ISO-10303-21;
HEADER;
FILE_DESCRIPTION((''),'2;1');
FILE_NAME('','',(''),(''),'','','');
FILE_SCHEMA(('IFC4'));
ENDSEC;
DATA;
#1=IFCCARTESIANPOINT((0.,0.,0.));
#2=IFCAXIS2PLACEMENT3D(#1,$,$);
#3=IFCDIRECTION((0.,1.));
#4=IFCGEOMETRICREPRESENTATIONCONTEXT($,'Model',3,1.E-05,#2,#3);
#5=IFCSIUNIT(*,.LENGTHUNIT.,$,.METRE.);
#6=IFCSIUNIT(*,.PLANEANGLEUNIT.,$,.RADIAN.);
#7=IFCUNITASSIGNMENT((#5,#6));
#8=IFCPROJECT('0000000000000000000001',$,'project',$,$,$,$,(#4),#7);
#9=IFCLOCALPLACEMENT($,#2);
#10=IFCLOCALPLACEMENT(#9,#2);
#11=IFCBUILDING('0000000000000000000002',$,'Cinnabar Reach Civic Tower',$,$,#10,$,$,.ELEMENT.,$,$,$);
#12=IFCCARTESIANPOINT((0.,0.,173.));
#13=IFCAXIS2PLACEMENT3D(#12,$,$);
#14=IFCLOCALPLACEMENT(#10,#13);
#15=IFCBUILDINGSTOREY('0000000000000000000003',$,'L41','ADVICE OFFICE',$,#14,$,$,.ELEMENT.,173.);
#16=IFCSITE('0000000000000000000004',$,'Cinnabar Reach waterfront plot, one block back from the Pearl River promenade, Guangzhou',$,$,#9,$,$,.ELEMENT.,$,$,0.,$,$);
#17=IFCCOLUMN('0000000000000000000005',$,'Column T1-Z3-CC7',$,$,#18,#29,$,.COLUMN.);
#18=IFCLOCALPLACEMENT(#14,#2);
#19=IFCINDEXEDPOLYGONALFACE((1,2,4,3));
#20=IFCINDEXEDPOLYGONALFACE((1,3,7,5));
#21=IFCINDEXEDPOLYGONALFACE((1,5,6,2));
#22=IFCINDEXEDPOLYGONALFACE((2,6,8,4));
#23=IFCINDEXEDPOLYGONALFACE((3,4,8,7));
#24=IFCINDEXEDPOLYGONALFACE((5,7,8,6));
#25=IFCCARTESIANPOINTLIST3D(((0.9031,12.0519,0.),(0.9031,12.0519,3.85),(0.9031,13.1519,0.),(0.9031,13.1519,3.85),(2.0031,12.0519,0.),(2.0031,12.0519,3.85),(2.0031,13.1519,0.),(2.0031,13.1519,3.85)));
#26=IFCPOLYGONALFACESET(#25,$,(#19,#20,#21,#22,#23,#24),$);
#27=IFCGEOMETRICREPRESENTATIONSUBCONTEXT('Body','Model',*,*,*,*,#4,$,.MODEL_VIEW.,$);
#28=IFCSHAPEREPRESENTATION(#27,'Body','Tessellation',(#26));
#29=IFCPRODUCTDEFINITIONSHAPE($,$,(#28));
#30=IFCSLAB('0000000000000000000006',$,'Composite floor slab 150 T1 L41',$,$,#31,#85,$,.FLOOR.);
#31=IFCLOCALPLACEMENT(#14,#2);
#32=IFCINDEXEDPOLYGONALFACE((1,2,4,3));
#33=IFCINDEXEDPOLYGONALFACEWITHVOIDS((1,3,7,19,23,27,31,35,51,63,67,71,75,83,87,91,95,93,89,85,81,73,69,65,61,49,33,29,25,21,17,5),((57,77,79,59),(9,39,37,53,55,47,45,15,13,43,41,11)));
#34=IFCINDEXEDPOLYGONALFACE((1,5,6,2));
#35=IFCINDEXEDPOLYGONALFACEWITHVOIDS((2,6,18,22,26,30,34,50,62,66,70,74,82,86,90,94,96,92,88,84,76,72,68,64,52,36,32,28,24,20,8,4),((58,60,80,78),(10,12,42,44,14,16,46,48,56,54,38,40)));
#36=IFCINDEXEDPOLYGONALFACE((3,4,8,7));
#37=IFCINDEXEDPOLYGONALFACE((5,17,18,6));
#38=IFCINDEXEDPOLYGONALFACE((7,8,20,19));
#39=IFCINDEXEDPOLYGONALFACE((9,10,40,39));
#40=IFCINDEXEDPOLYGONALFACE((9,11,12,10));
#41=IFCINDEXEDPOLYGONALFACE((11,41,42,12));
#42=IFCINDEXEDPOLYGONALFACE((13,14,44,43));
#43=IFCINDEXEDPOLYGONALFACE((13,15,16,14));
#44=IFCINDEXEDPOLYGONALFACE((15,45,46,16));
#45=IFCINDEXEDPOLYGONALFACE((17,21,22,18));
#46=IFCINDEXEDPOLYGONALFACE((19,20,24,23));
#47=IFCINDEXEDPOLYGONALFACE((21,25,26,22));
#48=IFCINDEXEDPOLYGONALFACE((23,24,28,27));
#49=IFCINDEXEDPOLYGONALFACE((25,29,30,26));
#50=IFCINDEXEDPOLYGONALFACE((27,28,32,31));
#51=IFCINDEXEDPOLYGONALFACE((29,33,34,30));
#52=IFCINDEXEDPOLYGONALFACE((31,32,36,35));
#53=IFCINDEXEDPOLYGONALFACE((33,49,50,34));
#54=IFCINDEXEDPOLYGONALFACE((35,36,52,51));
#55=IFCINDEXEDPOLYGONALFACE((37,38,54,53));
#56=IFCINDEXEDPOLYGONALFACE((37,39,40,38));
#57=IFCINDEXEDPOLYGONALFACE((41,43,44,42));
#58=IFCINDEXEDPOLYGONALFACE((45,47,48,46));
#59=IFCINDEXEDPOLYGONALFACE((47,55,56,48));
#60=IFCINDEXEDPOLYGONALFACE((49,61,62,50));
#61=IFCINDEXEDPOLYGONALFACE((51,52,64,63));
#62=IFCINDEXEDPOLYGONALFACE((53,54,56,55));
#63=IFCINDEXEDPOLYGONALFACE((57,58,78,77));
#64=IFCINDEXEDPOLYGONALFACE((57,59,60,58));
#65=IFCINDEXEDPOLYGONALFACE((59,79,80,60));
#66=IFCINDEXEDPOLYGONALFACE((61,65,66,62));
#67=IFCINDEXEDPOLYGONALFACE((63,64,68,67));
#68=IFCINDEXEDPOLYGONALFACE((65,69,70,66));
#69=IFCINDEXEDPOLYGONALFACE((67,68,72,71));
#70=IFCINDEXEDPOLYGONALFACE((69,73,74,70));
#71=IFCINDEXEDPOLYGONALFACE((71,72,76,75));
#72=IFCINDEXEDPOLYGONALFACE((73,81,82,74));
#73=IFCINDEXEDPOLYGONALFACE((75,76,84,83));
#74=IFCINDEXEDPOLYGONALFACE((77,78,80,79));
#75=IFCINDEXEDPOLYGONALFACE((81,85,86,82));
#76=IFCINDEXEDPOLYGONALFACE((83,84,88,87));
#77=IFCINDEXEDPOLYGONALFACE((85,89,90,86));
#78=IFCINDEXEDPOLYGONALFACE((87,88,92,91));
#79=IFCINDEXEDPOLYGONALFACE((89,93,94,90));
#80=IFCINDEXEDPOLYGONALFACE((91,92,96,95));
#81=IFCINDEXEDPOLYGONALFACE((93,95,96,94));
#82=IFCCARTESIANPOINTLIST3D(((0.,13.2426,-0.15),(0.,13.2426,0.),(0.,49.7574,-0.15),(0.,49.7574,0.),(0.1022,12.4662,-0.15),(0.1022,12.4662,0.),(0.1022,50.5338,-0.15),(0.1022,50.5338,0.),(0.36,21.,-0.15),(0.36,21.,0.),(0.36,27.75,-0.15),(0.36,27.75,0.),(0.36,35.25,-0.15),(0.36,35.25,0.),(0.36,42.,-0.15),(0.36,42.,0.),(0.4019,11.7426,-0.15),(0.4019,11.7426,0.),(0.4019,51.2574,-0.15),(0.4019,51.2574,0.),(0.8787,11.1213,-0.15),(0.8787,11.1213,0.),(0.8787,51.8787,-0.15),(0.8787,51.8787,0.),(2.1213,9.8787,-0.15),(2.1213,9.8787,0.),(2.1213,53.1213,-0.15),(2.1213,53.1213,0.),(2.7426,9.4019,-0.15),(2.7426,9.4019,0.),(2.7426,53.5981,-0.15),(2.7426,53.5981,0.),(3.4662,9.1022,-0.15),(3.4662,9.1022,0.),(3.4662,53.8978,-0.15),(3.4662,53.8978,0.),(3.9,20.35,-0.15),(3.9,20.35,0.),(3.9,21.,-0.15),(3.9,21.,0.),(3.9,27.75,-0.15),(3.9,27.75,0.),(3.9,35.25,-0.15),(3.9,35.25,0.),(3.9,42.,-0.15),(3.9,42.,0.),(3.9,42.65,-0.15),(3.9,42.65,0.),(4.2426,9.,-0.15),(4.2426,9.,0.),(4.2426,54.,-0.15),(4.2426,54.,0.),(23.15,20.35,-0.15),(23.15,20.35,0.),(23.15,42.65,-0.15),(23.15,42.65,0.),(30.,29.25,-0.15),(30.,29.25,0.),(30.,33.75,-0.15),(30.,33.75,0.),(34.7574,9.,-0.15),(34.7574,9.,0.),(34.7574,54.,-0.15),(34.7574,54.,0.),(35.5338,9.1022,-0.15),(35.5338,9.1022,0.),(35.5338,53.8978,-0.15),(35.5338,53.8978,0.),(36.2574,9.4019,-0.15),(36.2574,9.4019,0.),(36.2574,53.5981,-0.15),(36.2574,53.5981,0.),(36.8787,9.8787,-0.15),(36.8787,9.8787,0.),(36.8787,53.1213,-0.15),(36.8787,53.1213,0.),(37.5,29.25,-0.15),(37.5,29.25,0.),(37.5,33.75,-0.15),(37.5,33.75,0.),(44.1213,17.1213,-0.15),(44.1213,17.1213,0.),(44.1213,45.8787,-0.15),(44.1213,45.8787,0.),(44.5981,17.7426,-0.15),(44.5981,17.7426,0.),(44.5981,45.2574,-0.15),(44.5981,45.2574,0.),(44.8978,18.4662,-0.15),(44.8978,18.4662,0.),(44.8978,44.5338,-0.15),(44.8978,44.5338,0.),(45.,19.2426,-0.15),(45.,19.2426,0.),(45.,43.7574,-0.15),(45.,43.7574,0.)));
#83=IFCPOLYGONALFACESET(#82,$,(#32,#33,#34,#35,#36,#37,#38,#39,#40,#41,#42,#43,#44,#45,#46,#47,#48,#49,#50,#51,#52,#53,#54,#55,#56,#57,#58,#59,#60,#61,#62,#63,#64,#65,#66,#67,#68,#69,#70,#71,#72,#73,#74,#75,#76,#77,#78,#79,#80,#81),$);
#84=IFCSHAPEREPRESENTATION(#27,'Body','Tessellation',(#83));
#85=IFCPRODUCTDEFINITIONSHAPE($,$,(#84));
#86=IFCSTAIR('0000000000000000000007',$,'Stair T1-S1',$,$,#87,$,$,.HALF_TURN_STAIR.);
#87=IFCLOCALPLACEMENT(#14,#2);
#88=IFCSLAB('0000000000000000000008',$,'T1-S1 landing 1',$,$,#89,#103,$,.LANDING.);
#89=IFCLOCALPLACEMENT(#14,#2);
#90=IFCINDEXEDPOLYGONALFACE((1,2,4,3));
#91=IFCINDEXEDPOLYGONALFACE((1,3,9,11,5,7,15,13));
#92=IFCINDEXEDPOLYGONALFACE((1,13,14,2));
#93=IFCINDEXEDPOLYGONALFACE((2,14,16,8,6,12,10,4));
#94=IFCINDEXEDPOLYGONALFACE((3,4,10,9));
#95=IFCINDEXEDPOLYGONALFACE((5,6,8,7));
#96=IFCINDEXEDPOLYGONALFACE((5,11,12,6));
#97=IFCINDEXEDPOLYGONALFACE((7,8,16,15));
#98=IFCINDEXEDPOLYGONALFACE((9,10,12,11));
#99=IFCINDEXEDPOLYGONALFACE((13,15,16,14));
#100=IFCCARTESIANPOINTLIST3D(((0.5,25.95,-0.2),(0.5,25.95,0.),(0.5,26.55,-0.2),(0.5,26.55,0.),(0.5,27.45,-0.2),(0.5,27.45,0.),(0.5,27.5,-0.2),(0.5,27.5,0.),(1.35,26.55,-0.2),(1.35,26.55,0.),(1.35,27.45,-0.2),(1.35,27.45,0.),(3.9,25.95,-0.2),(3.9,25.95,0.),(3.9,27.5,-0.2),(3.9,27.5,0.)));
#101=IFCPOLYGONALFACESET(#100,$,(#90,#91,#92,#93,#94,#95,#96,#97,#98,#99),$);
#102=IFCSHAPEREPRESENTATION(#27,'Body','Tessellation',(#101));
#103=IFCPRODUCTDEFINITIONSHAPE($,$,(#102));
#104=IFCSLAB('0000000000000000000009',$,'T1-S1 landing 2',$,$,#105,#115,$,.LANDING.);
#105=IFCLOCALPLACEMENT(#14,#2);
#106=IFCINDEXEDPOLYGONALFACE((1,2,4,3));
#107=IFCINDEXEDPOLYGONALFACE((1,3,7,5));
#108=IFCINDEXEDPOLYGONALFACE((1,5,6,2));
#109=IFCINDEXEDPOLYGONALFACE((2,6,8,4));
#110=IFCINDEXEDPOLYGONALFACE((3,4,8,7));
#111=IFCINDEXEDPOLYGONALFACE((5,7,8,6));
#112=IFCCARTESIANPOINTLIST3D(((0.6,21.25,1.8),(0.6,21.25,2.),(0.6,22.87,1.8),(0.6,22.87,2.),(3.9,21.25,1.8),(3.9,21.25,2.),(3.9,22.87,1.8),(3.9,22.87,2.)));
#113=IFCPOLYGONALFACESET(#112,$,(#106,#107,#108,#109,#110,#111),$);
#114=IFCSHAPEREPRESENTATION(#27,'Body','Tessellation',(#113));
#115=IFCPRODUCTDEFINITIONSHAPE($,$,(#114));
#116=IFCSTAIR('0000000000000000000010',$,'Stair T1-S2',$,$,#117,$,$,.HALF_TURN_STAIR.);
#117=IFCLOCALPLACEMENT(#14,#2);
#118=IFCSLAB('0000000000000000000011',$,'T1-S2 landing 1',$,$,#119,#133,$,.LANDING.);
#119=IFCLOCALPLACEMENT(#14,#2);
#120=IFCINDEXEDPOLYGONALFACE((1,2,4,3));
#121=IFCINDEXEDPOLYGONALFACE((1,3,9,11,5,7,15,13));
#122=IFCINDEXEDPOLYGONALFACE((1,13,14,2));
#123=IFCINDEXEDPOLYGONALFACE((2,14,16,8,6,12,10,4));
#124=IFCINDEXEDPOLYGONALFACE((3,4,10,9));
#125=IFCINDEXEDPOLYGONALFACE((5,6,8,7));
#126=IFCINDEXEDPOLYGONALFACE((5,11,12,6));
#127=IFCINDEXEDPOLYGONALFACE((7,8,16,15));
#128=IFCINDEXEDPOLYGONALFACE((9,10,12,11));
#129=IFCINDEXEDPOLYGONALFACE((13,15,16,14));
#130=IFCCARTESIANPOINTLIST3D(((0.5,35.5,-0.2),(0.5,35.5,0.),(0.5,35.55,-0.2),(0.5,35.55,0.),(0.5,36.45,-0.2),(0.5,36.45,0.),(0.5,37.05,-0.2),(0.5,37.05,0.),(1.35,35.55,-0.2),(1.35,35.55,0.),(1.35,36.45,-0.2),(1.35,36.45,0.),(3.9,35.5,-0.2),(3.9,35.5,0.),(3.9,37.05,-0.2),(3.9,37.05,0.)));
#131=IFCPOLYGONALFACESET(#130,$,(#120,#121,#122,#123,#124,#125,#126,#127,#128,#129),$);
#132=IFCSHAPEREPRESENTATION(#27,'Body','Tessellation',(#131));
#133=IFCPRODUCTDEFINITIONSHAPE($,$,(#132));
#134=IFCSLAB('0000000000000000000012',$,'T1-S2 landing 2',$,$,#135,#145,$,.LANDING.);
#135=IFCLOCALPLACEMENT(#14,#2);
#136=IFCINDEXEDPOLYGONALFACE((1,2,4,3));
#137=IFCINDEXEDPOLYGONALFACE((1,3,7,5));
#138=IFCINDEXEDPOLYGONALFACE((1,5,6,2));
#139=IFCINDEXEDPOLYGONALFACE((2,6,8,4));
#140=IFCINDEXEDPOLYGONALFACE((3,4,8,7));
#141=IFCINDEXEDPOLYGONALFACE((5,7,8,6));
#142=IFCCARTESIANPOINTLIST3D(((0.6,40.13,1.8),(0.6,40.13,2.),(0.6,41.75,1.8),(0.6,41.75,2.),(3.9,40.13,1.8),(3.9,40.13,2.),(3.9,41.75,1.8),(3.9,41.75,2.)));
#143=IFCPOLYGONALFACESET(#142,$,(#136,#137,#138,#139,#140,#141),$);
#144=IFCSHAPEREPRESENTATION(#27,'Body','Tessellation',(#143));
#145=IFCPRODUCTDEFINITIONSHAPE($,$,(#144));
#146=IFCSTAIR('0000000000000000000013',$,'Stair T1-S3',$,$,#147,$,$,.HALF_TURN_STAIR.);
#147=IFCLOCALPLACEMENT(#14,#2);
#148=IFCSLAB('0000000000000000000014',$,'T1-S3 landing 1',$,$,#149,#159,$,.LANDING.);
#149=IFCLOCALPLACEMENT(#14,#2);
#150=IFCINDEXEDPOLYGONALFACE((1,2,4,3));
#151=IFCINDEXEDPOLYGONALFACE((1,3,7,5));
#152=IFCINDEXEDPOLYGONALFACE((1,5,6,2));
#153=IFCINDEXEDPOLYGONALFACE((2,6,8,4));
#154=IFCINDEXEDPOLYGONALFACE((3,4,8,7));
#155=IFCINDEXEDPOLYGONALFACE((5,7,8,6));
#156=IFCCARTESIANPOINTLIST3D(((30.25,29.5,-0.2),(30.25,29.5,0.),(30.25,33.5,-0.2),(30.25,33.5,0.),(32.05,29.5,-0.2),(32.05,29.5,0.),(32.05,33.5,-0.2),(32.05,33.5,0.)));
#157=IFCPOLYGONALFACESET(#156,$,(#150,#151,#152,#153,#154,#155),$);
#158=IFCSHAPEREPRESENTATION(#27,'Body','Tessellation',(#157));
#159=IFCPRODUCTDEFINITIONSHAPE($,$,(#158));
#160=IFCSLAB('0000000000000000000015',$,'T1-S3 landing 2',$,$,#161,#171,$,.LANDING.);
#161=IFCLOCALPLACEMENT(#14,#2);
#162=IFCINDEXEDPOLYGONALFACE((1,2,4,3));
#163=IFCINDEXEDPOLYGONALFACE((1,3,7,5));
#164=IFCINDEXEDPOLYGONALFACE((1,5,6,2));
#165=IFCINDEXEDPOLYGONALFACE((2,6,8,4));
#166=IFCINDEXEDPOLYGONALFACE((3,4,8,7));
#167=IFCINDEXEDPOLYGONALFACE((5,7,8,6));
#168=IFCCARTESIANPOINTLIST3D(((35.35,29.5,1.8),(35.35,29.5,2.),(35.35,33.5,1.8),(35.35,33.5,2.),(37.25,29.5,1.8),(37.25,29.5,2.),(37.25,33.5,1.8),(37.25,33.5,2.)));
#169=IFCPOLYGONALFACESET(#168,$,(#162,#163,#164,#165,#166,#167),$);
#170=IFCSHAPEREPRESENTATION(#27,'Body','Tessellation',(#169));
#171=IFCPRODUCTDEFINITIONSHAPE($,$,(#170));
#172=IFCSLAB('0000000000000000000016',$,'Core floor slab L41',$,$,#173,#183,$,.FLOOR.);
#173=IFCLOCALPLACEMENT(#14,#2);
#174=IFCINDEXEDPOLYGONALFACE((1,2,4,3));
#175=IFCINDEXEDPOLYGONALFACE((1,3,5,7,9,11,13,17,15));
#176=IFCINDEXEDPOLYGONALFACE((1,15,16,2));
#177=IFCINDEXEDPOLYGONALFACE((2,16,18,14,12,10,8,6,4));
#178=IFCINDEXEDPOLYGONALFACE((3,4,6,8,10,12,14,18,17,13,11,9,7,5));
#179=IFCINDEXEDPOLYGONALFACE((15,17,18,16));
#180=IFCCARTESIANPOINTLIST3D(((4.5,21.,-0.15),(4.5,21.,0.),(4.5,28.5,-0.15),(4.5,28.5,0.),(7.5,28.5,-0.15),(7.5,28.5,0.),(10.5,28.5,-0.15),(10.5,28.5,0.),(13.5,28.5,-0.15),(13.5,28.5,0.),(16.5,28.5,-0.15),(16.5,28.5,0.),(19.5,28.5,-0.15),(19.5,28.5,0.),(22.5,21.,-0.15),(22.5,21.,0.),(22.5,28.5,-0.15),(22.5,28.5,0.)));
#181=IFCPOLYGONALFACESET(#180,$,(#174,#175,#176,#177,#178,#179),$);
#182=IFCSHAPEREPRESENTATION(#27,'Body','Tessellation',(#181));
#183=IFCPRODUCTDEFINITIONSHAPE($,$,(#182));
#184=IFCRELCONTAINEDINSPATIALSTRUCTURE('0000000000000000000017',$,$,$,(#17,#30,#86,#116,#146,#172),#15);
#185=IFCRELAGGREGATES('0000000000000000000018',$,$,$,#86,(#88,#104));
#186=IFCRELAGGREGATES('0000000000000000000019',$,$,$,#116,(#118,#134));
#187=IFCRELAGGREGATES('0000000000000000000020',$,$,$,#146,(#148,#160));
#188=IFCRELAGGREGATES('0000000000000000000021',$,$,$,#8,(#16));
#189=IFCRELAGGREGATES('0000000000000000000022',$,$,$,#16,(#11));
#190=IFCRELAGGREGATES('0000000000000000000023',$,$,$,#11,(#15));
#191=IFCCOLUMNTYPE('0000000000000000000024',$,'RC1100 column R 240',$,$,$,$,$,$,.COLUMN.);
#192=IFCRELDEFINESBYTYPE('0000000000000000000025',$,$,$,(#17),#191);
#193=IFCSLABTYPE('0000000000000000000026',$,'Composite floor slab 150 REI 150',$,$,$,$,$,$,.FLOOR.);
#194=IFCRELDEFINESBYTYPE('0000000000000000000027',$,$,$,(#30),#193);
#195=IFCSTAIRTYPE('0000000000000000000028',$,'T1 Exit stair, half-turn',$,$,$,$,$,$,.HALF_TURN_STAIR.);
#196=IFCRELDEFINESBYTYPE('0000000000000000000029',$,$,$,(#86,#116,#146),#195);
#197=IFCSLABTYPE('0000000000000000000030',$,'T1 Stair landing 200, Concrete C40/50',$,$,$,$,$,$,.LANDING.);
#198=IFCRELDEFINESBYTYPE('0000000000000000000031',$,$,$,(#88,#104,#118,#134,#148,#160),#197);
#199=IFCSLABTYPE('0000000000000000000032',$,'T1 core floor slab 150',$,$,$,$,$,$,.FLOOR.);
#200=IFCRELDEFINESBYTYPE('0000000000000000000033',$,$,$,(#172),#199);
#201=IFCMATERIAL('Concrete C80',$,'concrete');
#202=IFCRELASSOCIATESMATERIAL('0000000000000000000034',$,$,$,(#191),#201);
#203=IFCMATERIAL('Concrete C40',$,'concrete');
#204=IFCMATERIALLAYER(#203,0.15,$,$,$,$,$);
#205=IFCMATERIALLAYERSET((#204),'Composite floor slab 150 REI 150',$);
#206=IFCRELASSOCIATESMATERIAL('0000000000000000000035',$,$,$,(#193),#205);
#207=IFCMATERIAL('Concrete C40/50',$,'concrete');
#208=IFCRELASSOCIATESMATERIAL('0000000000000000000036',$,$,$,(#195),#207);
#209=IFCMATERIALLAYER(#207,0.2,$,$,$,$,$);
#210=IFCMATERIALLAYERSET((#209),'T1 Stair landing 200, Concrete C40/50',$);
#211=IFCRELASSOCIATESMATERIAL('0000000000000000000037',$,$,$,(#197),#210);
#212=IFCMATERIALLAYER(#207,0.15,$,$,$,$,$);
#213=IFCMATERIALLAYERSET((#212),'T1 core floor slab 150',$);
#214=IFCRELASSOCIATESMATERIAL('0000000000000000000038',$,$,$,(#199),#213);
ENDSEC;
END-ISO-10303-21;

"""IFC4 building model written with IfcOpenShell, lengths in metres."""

from ifc_helpers import new_model, si_unit, direction, frame, origin, origin_2d, place, context, subcontext, project, spatial, polyline, rectangle, outline, extrude, material, layer, layer_set, material_profile, profile_set, type_object, element, aggregate, save


model = new_model("IFC4")

# Units and contexts
model_context = context("Model", 3, precision=1e-05, world=origin(), true_north=direction((0.0, 1.0)))
body_context = subcontext(model_context, "Body", "Model", "MODEL_VIEW")
ifc_project = project(units=[si_unit("LENGTHUNIT", "METRE"), si_unit("PLANEANGLEUNIT", "RADIAN")], contexts=[model_context])

# Site, building, storey
site_placement = place(None, origin())
site = spatial("IfcSite", under=ifc_project, at=site_placement, Name="Cinnabar Reach waterfront plot, one block back from the Pearl River promenade, Guangzhou", CompositionType="ELEMENT", RefElevation=0.0)
building_placement = place(site_placement, origin())
building = spatial("IfcBuilding", under=site, at=building_placement, Name="Cinnabar Reach Civic Tower", CompositionType="ELEMENT")
storey_placement = place(building_placement, frame((0.0, 0.0, 173.0)))
storey = spatial("IfcBuildingStorey", under=building, at=storey_placement, Name="L41", Description="ADVICE OFFICE", CompositionType="ELEMENT", Elevation=173.0)

# Column
ifc_material_1 = material(Name="Concrete C80", Category="concrete")
ifc_material_profile = material_profile(ifc_material_1, rectangle(XDim=1.1, YDim=1.1, at=origin_2d()), Name="RC1100")
ifc_profile_set = profile_set([ifc_material_profile], Name="Concrete C80")
column_type = type_object("IfcColumnType", Name="RC1100 column R 240", PredefinedType="COLUMN", material=ifc_profile_set)
column_placement = place(storey_placement, frame((1.4531, 12.6019, 0.0), z_axis=(0.0, 0.0, 1.0), x_axis=(1.0, 0.0, 0.0)))
element("IfcColumn", 1, at=column_placement, inside=storey, type_object=column_type, Name="Column T1-Z3-CC7", PredefinedType="COLUMN", context=body_context, shape_type="SweptSolid", body=[
    extrude(rectangle(XDim=1.1, YDim=1.1, at=origin_2d()), origin(), (0.0, 0.0, 1.0), 3.85),
])

# Slab
ifc_material_2 = material(Name="Concrete C40", Category="concrete")
ifc_layer_1 = layer(ifc_material_2, 0.15)
ifc_layer_set_1 = layer_set([ifc_layer_1], Name="Composite floor slab 150 REI 150")
slab_type_1 = type_object("IfcSlabType", Name="Composite floor slab 150 REI 150", PredefinedType="FLOOR", material=ifc_layer_set_1)
slab_1_placement = place(storey_placement, frame((0.0, 0.0, -0.15)))
element("IfcSlab", 2, at=slab_1_placement, inside=storey, type_object=slab_type_1, Name="Composite floor slab 150 T1 L41", PredefinedType="FLOOR", context=body_context, shape_type="SweptSolid", body=[
    extrude(outline(polyline([(0.8787, 11.1213), (0.4019, 11.7426), (0.1022, 12.4662), (0.0, 13.2426), (0.0, 49.7574), (0.1022, 50.5338), (0.4019, 51.2574), (0.8787, 51.8787), (2.1213, 53.1213), (2.7426, 53.5981), (3.4662, 53.8978), (4.2426, 54.0), (34.7574, 54.0), (35.5338, 53.8978), (36.2574, 53.5981), (36.8787, 53.1213), (44.1213, 45.8787), (44.5981, 45.2574), (44.8978, 44.5338), (45.0, 43.7574), (45.0, 19.2426), (44.8978, 18.4662), (44.5981, 17.7426), (44.1213, 17.1213), (36.8787, 9.8787), (36.2574, 9.4019), (35.5338, 9.1022), (34.7574, 9.0), (4.2426, 9.0), (3.4662, 9.1022), (2.7426, 9.4019), (2.1213, 9.8787), (0.8787, 11.1213)]), holes=[polyline([(0.36, 21.0), (3.9, 21.0), (3.9, 20.35), (23.15, 20.35), (23.15, 42.65), (3.9, 42.65), (3.9, 42.0), (0.36, 42.0), (0.36, 35.25), (3.9, 35.25), (3.9, 27.75), (0.36, 27.75), (0.36, 21.0)]), polyline([(30.0, 33.75), (30.0, 29.25), (37.5, 29.25), (37.5, 33.75), (30.0, 33.75)])]), origin(), (0.0, 0.0, 1.0), 0.15),
])

# Stairs, slabs
ifc_material_3 = material(Name="Concrete C40/50", Category="concrete")
stair_type = type_object("IfcStairType", Name="T1 Exit stair, half-turn", PredefinedType="HALF_TURN_STAIR", material=ifc_material_3)
stair_1_placement = place(storey_placement, origin())
stair_1 = element("IfcStair", 3, at=stair_1_placement, inside=storey, type_object=stair_type, Name="Stair T1-S1", PredefinedType="HALF_TURN_STAIR")
ifc_layer_2 = layer(ifc_material_3, 0.2)
ifc_layer_set_2 = layer_set([ifc_layer_2], Name="T1 Stair landing 200, Concrete C40/50")
slab_type_2 = type_object("IfcSlabType", Name="T1 Stair landing 200, Concrete C40/50", PredefinedType="LANDING", material=ifc_layer_set_2)
slab_2_placement = place(storey_placement, frame((0.0, 0.0, -0.2)))
slab_2 = element("IfcSlab", 4, at=slab_2_placement, type_object=slab_type_2, Name="T1-S1 landing 1", PredefinedType="LANDING", context=body_context, shape_type="SweptSolid", body=[
    extrude(outline(polyline([(0.5, 27.5), (3.9, 27.5), (3.9, 25.95), (0.5, 25.95), (0.5, 26.55), (1.35, 26.55), (1.35, 27.45), (0.5, 27.45), (0.5, 27.5)])), origin(), (0.0, 0.0, 1.0), 0.2),
])
slab_3_placement = place(storey_placement, frame((0.0, 0.0, 1.8)))
slab_3 = element("IfcSlab", 5, at=slab_3_placement, type_object=slab_type_2, Name="T1-S1 landing 2", PredefinedType="LANDING", context=body_context, shape_type="SweptSolid", body=[
    extrude(outline(polyline([(0.6, 21.25), (0.6, 22.87), (3.9, 22.87), (3.9, 21.25), (0.6, 21.25)])), origin(), (0.0, 0.0, 1.0), 0.2),
])
aggregate(stair_1, [slab_2, slab_3])
stair_2_placement = place(storey_placement, origin())
stair_2 = element("IfcStair", 6, at=stair_2_placement, inside=storey, type_object=stair_type, Name="Stair T1-S2", PredefinedType="HALF_TURN_STAIR")
slab_4_placement = place(storey_placement, frame((0.0, 0.0, -0.2)))
slab_4 = element("IfcSlab", 7, at=slab_4_placement, type_object=slab_type_2, Name="T1-S2 landing 1", PredefinedType="LANDING", context=body_context, shape_type="SweptSolid", body=[
    extrude(outline(polyline([(0.5, 37.05), (3.9, 37.05), (3.9, 35.5), (0.5, 35.5), (0.5, 35.55), (1.35, 35.55), (1.35, 36.45), (0.5, 36.45), (0.5, 37.05)])), origin(), (0.0, 0.0, 1.0), 0.2),
])
slab_5_placement = place(storey_placement, frame((0.0, 0.0, 1.8)))
slab_5 = element("IfcSlab", 8, at=slab_5_placement, type_object=slab_type_2, Name="T1-S2 landing 2", PredefinedType="LANDING", context=body_context, shape_type="SweptSolid", body=[
    extrude(outline(polyline([(0.6, 40.13), (0.6, 41.75), (3.9, 41.75), (3.9, 40.13), (0.6, 40.13)])), origin(), (0.0, 0.0, 1.0), 0.2),
])
aggregate(stair_2, [slab_4, slab_5])
stair_3_placement = place(storey_placement, origin())
stair_3 = element("IfcStair", 9, at=stair_3_placement, inside=storey, type_object=stair_type, Name="Stair T1-S3", PredefinedType="HALF_TURN_STAIR")
slab_6_placement = place(storey_placement, frame((0.0, 0.0, -0.2)))
slab_6 = element("IfcSlab", 10, at=slab_6_placement, type_object=slab_type_2, Name="T1-S3 landing 1", PredefinedType="LANDING", context=body_context, shape_type="SweptSolid", body=[
    extrude(outline(polyline([(30.25, 29.5), (32.05, 29.5), (32.05, 33.5), (30.25, 33.5), (30.25, 29.5)])), origin(), (0.0, 0.0, 1.0), 0.2),
])
slab_7_placement = place(storey_placement, frame((0.0, 0.0, 1.8)))
slab_7 = element("IfcSlab", 11, at=slab_7_placement, type_object=slab_type_2, Name="T1-S3 landing 2", PredefinedType="LANDING", context=body_context, shape_type="SweptSolid", body=[
    extrude(outline(polyline([(35.35, 29.5), (37.25, 29.5), (37.25, 33.5), (35.35, 33.5), (35.35, 29.5)])), origin(), (0.0, 0.0, 1.0), 0.2),
])
aggregate(stair_3, [slab_6, slab_7])

# Slab
ifc_layer_3 = layer(ifc_material_3, 0.15)
ifc_layer_set_3 = layer_set([ifc_layer_3], Name="T1 core floor slab 150")
slab_type_3 = type_object("IfcSlabType", Name="T1 core floor slab 150", PredefinedType="FLOOR", material=ifc_layer_set_3)
slab_8_placement = place(storey_placement, frame((0.0, 0.0, -0.15)))
element("IfcSlab", 12, at=slab_8_placement, inside=storey, type_object=slab_type_3, Name="Core floor slab L41", PredefinedType="FLOOR", context=body_context, shape_type="SweptSolid", body=[
    extrude(outline(polyline([(22.5, 21.0), (4.5, 21.0), (4.5, 28.5), (7.5, 28.5), (10.5, 28.5), (13.5, 28.5), (16.5, 28.5), (19.5, 28.5), (22.5, 28.5), (22.5, 21.0)])), origin(), (0.0, 0.0, 1.0), 0.15),
])

save(model, "model.ifc")
